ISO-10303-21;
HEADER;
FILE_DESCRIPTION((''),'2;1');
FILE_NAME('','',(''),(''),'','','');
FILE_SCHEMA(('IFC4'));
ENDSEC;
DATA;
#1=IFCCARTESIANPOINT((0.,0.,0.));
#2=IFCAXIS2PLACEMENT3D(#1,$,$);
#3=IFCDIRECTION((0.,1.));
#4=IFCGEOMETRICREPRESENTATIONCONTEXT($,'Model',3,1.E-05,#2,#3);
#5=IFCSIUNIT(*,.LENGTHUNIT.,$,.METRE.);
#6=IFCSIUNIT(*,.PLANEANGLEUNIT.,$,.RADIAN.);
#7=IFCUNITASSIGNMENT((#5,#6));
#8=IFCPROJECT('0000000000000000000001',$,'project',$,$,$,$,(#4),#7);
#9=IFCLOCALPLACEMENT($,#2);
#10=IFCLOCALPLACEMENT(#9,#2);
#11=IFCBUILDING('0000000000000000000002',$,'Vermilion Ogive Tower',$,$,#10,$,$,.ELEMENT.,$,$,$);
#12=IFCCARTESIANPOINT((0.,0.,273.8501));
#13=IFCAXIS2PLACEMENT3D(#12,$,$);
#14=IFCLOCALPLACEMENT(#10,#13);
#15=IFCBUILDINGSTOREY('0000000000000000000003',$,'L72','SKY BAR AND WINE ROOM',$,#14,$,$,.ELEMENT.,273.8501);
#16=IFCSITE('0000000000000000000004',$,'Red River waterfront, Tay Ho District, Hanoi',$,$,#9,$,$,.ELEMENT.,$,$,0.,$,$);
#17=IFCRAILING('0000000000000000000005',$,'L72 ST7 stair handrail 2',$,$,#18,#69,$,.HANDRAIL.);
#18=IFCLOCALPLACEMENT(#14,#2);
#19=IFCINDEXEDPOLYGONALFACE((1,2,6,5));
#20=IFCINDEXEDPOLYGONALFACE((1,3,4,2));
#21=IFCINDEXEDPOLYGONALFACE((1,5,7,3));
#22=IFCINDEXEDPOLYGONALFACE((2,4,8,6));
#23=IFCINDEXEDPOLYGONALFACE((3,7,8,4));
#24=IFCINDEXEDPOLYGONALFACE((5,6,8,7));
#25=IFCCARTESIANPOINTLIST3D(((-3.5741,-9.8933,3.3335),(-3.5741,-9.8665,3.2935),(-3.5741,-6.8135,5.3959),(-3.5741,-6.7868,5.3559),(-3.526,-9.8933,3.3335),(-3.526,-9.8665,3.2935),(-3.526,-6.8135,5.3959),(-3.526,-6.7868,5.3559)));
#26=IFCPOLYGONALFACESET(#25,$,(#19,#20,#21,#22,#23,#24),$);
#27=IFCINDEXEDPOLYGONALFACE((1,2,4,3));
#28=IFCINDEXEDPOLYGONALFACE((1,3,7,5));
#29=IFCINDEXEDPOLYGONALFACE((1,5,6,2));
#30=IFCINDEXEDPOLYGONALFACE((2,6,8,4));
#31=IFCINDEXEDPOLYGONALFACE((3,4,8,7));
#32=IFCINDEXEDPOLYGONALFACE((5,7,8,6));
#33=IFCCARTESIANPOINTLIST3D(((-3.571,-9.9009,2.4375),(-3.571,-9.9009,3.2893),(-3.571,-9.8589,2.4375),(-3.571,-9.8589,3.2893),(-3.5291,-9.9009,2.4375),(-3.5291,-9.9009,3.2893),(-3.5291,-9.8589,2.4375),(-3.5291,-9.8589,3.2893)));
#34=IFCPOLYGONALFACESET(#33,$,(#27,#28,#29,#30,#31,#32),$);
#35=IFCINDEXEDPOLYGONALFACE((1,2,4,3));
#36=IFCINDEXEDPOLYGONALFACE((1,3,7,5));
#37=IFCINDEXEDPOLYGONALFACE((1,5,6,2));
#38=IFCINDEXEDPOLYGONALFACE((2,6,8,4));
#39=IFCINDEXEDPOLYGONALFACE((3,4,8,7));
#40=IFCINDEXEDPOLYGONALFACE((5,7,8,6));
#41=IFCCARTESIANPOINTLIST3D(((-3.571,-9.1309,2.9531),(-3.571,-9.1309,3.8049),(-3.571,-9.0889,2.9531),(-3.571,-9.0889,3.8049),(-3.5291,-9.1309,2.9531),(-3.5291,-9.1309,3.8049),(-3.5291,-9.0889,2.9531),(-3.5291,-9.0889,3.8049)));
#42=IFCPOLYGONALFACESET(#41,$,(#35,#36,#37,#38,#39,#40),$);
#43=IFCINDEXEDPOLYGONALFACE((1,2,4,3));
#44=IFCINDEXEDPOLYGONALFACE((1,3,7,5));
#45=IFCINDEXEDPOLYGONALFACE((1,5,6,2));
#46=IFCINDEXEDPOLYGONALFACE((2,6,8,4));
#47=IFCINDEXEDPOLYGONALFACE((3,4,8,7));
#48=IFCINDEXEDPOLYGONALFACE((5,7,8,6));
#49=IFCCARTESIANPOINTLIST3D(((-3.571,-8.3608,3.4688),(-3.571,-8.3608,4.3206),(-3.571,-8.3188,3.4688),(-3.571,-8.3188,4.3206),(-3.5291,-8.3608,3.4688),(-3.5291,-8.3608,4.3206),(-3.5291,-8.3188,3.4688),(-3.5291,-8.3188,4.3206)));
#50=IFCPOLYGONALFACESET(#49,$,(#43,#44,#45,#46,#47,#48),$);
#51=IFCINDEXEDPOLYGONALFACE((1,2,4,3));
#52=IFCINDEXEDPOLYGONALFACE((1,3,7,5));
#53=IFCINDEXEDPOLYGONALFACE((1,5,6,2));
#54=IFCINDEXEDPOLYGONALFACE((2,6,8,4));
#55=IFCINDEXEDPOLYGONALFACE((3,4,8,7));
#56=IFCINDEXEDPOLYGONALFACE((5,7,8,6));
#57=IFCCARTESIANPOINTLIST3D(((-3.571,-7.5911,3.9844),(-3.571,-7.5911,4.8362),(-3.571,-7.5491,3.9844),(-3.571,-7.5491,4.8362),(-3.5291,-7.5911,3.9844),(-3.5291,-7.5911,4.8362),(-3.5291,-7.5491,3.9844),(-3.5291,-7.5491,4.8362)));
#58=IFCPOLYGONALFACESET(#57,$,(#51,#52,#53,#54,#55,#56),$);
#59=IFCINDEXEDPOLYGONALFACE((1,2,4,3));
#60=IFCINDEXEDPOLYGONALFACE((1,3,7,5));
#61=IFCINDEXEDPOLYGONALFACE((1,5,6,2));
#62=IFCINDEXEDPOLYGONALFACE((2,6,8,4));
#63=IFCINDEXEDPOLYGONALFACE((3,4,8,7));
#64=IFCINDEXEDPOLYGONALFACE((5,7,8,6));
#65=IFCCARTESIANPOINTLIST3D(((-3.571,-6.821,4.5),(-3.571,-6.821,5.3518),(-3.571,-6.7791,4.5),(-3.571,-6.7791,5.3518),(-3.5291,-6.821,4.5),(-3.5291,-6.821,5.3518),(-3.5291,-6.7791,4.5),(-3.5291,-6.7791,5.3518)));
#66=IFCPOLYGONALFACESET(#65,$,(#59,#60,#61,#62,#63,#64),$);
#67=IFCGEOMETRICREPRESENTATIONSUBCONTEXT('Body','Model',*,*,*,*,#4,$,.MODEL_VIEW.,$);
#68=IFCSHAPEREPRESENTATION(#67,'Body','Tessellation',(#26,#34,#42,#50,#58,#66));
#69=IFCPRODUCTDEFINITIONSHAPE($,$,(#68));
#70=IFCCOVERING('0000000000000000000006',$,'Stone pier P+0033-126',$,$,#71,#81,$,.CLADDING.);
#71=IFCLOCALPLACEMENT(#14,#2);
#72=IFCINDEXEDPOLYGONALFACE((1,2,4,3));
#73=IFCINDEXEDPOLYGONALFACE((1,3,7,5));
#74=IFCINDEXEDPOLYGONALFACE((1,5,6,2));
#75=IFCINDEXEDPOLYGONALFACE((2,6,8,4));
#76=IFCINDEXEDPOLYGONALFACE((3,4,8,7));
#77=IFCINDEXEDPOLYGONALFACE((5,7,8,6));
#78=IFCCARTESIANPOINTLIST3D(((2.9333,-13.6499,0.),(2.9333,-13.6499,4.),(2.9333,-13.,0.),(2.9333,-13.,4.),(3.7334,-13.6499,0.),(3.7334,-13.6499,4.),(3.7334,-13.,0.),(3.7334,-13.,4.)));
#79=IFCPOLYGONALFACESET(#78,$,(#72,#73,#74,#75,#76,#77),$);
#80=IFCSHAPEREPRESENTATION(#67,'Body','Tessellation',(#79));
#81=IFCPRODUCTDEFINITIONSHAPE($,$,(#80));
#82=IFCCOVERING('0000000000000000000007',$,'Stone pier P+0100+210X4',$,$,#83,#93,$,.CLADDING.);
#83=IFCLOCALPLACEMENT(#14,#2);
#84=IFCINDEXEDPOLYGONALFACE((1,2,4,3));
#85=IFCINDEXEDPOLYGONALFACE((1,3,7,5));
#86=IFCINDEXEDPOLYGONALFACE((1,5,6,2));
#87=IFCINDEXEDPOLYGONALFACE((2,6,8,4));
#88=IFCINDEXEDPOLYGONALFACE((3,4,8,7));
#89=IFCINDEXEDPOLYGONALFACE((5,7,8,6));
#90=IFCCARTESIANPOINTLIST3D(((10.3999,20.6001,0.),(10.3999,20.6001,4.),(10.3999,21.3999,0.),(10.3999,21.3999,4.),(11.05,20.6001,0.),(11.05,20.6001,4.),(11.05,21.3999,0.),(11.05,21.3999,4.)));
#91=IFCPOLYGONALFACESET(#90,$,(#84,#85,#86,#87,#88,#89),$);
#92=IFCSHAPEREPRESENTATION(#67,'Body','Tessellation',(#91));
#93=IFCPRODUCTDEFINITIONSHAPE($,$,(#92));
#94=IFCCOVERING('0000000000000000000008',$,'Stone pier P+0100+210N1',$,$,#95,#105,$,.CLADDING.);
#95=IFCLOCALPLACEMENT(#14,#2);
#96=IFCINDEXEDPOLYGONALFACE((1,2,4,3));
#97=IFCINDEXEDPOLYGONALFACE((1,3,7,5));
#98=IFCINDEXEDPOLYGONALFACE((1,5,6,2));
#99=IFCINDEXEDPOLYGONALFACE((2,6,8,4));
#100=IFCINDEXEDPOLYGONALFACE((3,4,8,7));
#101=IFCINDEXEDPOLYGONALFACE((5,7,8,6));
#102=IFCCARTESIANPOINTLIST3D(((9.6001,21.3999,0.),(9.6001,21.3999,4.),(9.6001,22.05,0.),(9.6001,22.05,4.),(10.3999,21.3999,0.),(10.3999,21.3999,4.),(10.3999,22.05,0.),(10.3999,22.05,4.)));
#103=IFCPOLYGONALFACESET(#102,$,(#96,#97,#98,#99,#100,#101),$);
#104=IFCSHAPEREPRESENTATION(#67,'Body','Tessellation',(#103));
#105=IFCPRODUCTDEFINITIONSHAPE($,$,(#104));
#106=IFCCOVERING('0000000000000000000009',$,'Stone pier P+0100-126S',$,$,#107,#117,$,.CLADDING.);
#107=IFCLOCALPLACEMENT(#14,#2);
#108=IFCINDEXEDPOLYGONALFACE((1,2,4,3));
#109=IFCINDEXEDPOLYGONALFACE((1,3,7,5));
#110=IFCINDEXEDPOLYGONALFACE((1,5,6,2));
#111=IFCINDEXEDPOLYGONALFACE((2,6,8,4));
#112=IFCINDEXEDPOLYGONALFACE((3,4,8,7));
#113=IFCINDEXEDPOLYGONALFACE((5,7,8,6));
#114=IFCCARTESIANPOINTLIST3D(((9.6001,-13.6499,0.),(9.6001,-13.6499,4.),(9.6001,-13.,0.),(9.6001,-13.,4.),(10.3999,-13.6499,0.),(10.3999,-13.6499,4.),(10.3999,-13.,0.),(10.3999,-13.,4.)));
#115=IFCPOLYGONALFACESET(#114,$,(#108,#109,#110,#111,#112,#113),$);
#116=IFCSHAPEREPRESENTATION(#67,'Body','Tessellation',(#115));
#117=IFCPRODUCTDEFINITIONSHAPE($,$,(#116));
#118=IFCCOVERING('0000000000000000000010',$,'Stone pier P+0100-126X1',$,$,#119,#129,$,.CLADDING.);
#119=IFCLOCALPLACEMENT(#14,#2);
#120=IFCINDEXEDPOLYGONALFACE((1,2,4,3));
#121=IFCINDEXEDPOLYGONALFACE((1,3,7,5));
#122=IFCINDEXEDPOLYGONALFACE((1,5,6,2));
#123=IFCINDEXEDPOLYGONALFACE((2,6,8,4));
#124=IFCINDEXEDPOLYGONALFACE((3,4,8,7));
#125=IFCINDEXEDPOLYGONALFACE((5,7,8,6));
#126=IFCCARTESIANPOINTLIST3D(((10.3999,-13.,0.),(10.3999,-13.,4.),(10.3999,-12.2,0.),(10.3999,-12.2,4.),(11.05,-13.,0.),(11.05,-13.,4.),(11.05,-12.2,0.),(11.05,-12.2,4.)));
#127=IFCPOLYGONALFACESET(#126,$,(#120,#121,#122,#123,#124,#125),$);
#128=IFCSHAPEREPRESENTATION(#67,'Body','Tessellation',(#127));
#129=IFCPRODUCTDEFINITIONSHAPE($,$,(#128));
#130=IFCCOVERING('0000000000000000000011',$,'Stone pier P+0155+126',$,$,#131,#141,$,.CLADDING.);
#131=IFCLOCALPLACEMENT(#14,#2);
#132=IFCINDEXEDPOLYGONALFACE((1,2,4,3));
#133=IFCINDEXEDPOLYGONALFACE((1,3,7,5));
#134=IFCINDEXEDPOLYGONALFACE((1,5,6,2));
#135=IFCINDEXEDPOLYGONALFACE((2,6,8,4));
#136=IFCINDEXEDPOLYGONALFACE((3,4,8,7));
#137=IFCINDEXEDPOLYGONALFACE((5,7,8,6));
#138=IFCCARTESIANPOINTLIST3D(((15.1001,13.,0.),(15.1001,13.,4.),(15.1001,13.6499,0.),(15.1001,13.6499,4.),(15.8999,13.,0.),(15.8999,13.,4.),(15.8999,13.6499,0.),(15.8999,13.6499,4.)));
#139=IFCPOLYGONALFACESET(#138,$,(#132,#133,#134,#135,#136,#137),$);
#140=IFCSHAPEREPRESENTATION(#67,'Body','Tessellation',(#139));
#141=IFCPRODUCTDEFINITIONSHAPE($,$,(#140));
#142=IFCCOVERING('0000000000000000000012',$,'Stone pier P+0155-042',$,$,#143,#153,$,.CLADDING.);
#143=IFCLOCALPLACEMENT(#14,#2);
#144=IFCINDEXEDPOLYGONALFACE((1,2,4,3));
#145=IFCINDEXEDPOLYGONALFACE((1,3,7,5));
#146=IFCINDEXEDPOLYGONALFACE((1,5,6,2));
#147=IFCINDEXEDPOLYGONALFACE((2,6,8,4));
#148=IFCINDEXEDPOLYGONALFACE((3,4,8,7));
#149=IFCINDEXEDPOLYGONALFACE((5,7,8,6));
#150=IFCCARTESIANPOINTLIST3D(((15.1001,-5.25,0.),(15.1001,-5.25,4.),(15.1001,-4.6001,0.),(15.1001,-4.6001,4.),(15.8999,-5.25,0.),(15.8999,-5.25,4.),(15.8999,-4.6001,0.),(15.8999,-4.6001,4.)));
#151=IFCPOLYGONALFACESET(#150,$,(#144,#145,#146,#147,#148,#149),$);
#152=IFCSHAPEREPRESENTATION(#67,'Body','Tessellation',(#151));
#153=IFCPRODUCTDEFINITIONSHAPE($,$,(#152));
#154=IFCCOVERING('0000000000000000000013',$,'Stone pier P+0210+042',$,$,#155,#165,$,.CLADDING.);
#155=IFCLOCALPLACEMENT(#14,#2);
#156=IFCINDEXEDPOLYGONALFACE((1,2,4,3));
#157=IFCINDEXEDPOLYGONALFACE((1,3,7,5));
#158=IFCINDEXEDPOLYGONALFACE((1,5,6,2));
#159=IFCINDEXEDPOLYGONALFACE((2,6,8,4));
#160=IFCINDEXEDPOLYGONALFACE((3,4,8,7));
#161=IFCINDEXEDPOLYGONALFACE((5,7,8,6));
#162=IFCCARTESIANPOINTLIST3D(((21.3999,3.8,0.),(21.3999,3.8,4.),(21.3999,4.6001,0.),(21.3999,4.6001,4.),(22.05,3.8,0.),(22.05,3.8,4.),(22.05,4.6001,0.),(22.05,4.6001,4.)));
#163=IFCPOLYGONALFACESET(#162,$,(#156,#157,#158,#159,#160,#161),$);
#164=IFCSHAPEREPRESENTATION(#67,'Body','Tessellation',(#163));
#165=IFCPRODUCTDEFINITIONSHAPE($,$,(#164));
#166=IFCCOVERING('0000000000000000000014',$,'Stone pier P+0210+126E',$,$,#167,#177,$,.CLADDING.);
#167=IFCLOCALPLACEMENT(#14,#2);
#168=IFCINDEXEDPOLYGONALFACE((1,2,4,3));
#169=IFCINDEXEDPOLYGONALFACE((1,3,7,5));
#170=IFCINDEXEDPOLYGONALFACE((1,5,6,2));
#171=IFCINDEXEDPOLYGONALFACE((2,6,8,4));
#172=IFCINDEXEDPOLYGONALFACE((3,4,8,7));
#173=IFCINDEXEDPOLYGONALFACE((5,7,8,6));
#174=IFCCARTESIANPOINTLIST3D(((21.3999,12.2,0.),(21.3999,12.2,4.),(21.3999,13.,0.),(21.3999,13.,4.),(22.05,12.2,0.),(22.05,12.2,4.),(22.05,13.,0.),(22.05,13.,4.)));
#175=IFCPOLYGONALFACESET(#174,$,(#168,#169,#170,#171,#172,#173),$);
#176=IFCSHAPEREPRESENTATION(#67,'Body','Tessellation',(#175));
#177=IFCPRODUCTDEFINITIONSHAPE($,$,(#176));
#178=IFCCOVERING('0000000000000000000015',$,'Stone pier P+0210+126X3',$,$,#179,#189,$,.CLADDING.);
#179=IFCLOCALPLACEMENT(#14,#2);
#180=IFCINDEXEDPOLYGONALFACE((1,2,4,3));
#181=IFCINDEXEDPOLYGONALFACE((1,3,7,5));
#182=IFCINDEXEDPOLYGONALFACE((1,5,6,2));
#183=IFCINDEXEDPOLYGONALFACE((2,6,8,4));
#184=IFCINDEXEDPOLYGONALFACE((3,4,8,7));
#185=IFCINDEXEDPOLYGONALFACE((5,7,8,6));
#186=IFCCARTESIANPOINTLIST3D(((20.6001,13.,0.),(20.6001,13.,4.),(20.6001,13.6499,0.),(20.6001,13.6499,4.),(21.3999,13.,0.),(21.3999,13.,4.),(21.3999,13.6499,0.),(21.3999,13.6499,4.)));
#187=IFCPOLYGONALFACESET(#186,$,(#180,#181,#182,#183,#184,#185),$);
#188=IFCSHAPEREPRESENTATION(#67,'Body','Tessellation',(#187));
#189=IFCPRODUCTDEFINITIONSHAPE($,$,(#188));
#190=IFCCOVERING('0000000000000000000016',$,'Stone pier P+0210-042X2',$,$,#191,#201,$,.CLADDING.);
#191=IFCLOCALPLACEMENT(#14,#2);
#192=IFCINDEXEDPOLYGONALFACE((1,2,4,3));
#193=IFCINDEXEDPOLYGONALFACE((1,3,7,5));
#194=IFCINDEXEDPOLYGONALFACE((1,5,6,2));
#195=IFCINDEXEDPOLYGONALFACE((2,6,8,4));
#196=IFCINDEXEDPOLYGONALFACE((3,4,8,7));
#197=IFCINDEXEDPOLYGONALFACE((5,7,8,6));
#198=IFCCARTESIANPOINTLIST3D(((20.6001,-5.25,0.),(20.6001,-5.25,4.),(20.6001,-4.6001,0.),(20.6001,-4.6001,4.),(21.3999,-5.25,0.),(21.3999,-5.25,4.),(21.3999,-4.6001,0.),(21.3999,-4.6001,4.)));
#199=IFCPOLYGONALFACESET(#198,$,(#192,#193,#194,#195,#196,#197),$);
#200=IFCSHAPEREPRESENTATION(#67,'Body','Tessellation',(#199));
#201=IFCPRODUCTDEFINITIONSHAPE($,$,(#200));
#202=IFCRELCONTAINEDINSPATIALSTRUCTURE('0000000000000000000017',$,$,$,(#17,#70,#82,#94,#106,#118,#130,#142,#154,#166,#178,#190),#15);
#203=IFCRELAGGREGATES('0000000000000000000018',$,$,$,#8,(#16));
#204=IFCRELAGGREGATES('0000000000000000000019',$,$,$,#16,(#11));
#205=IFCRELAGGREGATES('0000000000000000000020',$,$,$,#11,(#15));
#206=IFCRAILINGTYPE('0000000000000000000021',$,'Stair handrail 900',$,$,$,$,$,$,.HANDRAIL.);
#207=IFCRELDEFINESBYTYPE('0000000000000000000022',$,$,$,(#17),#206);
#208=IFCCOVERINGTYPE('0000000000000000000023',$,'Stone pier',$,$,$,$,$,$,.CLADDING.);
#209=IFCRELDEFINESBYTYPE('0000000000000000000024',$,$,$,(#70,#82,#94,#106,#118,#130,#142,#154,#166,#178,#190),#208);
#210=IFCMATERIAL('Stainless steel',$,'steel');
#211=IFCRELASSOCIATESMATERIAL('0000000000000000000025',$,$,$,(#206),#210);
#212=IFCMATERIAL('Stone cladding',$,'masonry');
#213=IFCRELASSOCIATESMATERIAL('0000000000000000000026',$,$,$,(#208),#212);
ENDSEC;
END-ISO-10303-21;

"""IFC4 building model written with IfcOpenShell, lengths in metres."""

from ifc_helpers import new_model, si_unit, direction, frame, origin, origin_2d, place, context, subcontext, project, spatial, polyline, rectangle, outline, extrude, material, type_object, element, save


model = new_model("IFC4")

# Units and contexts
model_context = context("Model", 3, precision=1e-05, world=origin(), true_north=direction((0.0, 1.0)))
body_context = subcontext(model_context, "Body", "Model", "MODEL_VIEW")
ifc_project = project(units=[si_unit("LENGTHUNIT", "METRE"), si_unit("PLANEANGLEUNIT", "RADIAN")], contexts=[model_context])

# Site, building, storey
site_placement = place(None, origin())
site = spatial("IfcSite", under=ifc_project, at=site_placement, Name="Red River waterfront, Tay Ho District, Hanoi", CompositionType="ELEMENT", RefElevation=0.0)
building_placement = place(site_placement, origin())
building = spatial("IfcBuilding", under=site, at=building_placement, Name="Vermilion Ogive Tower", CompositionType="ELEMENT")
storey_placement = place(building_placement, frame((0.0, 0.0, 273.8501)))
storey = spatial("IfcBuildingStorey", under=building, at=storey_placement, Name="L72", Description="SKY BAR AND WINE ROOM", CompositionType="ELEMENT", Elevation=273.8501)

# Railing
ifc_material_1 = material(Name="Stainless steel", Category="steel")
railing_type_1 = type_object("IfcRailingType", Name="Stair handrail 900", PredefinedType="HANDRAIL", material=ifc_material_1)
railing_1_placement = place(storey_placement, frame((-3.55, -9.8799, 2.4375)))
element("IfcRailing", 1, at=railing_1_placement, inside=storey, type_object=railing_type_1, Name="L72 ST7 stair handrail 2", PredefinedType="HANDRAIL", context=body_context, shape_type="SweptSolid", body=[
    extrude(rectangle(XDim=0.0481, YDim=0.0481, at=origin_2d()), frame((0.0, 0.0, 0.876), z_axis=(0.0, 0.830893, 0.556432), x_axis=(-1.0, 0.0, 0.0)), (0.0, 0.0, 1.0), 3.7065),
    extrude(rectangle(XDim=0.042, YDim=0.042, at=origin_2d()), origin(), (0.0, 0.0, 1.0), 0.8518),
    extrude(rectangle(XDim=0.042, YDim=0.042, at=origin_2d()), frame((0.0, 0.77, 0.5156)), (0.0, 0.0, 1.0), 0.8518),
    extrude(rectangle(XDim=0.042, YDim=0.042, at=origin_2d()), frame((0.0, 1.54, 1.0312)), (0.0, 0.0, 1.0), 0.8518),
    extrude(rectangle(XDim=0.042, YDim=0.042, at=origin_2d()), frame((0.0, 2.3098, 1.5469)), (0.0, 0.0, 1.0), 0.8518),
    extrude(rectangle(XDim=0.042, YDim=0.042, at=origin_2d()), frame((0.0, 3.0798, 2.0625)), (0.0, 0.0, 1.0), 0.8518),
])

# Coverings
ifc_material_2 = material(Name="Stone cladding", Category="masonry")
covering_type = type_object("IfcCoveringType", Name="Stone pier", PredefinedType="CLADDING", material=ifc_material_2)
covering_1_placement = place(storey_placement, origin())
element("IfcCovering", 2, at=covering_1_placement, inside=storey, type_object=covering_type, Name="Stone pier P+0033-126", PredefinedType="CLADDING", context=body_context, shape_type="SweptSolid", body=[
    extrude(outline(polyline([(3.7334, -13.0), (3.7334, -13.6499), (2.9333, -13.6499), (2.9333, -13.0), (2.9333, -13.0), (3.7334, -13.0)])), origin(), (0.0, 0.0, 1.0), 4.0),
])
covering_2_placement = place(storey_placement, origin())
element("IfcCovering", 3, at=covering_2_placement, inside=storey, type_object=covering_type, Name="Stone pier P+0100+210X4", PredefinedType="CLADDING", context=body_context, shape_type="SweptSolid", body=[
    extrude(outline(polyline([(11.05, 21.3999), (11.05, 20.6001), (10.3999, 20.6001), (10.3999, 21.3999), (11.05, 21.3999)])), origin(), (0.0, 0.0, 1.0), 4.0),
])
covering_3_placement = place(storey_placement, origin())
element("IfcCovering", 4, at=covering_3_placement, inside=storey, type_object=covering_type, Name="Stone pier P+0100+210N1", PredefinedType="CLADDING", context=body_context, shape_type="SweptSolid", body=[
    extrude(outline(polyline([(10.3999, 22.05), (10.3999, 21.3999), (9.6001, 21.3999), (9.6001, 22.05), (10.3999, 22.05)])), origin(), (0.0, 0.0, 1.0), 4.0),
])
covering_4_placement = place(storey_placement, origin())
element("IfcCovering", 5, at=covering_4_placement, inside=storey, type_object=covering_type, Name="Stone pier P+0100-126S", PredefinedType="CLADDING", context=body_context, shape_type="SweptSolid", body=[
    extrude(outline(polyline([(10.3999, -13.6499), (9.6001, -13.6499), (9.6001, -13.0), (10.3999, -13.0), (10.3999, -13.6499)])), origin(), (0.0, 0.0, 1.0), 4.0),
])
covering_5_placement = place(storey_placement, origin())
element("IfcCovering", 6, at=covering_5_placement, inside=storey, type_object=covering_type, Name="Stone pier P+0100-126X1", PredefinedType="CLADDING", context=body_context, shape_type="SweptSolid", body=[
    extrude(outline(polyline([(11.05, -13.0), (10.3999, -13.0), (10.3999, -12.2), (11.05, -12.2), (11.05, -13.0)])), origin(), (0.0, 0.0, 1.0), 4.0),
])
covering_6_placement = place(storey_placement, origin())
element("IfcCovering", 7, at=covering_6_placement, inside=storey, type_object=covering_type, Name="Stone pier P+0155+126", PredefinedType="CLADDING", context=body_context, shape_type="SweptSolid", body=[
    extrude(outline(polyline([(15.1001, 13.6499), (15.8999, 13.6499), (15.8999, 13.0), (15.1001, 13.0), (15.1001, 13.6499)])), origin(), (0.0, 0.0, 1.0), 4.0),
])
covering_7_placement = place(storey_placement, origin())
element("IfcCovering", 8, at=covering_7_placement, inside=storey, type_object=covering_type, Name="Stone pier P+0155-042", PredefinedType="CLADDING", context=body_context, shape_type="SweptSolid", body=[
    extrude(outline(polyline([(15.8999, -5.25), (15.1001, -5.25), (15.1001, -4.6001), (15.8999, -4.6001), (15.8999, -5.25)])), origin(), (0.0, 0.0, 1.0), 4.0),
])
covering_8_placement = place(storey_placement, origin())
element("IfcCovering", 9, at=covering_8_placement, inside=storey, type_object=covering_type, Name="Stone pier P+0210+042", PredefinedType="CLADDING", context=body_context, shape_type="SweptSolid", body=[
    extrude(outline(polyline([(21.3999, 4.6001), (22.05, 4.6001), (22.05, 3.8), (21.3999, 3.8), (21.3999, 3.8), (21.3999, 4.6001)])), origin(), (0.0, 0.0, 1.0), 4.0),
])
covering_9_placement = place(storey_placement, origin())
element("IfcCovering", 10, at=covering_9_placement, inside=storey, type_object=covering_type, Name="Stone pier P+0210+126E", PredefinedType="CLADDING", context=body_context, shape_type="SweptSolid", body=[
    extrude(outline(polyline([(22.05, 13.0), (22.05, 12.2), (21.3999, 12.2), (21.3999, 13.0), (22.05, 13.0)])), origin(), (0.0, 0.0, 1.0), 4.0),
])
covering_10_placement = place(storey_placement, origin())
element("IfcCovering", 11, at=covering_10_placement, inside=storey, type_object=covering_type, Name="Stone pier P+0210+126X3", PredefinedType="CLADDING", context=body_context, shape_type="SweptSolid", body=[
    extrude(outline(polyline([(21.3999, 13.6499), (21.3999, 13.0), (20.6001, 13.0), (20.6001, 13.6499), (21.3999, 13.6499)])), origin(), (0.0, 0.0, 1.0), 4.0),
])
covering_11_placement = place(storey_placement, origin())
element("IfcCovering", 12, at=covering_11_placement, inside=storey, type_object=covering_type, Name="Stone pier P+0210-042X2", PredefinedType="CLADDING", context=body_context, shape_type="SweptSolid", body=[
    extrude(outline(polyline([(21.3999, -5.25), (20.6001, -5.25), (20.6001, -4.6001), (21.3999, -4.6001), (21.3999, -5.25)])), origin(), (0.0, 0.0, 1.0), 4.0),
])

save(model, "model.ifc")
